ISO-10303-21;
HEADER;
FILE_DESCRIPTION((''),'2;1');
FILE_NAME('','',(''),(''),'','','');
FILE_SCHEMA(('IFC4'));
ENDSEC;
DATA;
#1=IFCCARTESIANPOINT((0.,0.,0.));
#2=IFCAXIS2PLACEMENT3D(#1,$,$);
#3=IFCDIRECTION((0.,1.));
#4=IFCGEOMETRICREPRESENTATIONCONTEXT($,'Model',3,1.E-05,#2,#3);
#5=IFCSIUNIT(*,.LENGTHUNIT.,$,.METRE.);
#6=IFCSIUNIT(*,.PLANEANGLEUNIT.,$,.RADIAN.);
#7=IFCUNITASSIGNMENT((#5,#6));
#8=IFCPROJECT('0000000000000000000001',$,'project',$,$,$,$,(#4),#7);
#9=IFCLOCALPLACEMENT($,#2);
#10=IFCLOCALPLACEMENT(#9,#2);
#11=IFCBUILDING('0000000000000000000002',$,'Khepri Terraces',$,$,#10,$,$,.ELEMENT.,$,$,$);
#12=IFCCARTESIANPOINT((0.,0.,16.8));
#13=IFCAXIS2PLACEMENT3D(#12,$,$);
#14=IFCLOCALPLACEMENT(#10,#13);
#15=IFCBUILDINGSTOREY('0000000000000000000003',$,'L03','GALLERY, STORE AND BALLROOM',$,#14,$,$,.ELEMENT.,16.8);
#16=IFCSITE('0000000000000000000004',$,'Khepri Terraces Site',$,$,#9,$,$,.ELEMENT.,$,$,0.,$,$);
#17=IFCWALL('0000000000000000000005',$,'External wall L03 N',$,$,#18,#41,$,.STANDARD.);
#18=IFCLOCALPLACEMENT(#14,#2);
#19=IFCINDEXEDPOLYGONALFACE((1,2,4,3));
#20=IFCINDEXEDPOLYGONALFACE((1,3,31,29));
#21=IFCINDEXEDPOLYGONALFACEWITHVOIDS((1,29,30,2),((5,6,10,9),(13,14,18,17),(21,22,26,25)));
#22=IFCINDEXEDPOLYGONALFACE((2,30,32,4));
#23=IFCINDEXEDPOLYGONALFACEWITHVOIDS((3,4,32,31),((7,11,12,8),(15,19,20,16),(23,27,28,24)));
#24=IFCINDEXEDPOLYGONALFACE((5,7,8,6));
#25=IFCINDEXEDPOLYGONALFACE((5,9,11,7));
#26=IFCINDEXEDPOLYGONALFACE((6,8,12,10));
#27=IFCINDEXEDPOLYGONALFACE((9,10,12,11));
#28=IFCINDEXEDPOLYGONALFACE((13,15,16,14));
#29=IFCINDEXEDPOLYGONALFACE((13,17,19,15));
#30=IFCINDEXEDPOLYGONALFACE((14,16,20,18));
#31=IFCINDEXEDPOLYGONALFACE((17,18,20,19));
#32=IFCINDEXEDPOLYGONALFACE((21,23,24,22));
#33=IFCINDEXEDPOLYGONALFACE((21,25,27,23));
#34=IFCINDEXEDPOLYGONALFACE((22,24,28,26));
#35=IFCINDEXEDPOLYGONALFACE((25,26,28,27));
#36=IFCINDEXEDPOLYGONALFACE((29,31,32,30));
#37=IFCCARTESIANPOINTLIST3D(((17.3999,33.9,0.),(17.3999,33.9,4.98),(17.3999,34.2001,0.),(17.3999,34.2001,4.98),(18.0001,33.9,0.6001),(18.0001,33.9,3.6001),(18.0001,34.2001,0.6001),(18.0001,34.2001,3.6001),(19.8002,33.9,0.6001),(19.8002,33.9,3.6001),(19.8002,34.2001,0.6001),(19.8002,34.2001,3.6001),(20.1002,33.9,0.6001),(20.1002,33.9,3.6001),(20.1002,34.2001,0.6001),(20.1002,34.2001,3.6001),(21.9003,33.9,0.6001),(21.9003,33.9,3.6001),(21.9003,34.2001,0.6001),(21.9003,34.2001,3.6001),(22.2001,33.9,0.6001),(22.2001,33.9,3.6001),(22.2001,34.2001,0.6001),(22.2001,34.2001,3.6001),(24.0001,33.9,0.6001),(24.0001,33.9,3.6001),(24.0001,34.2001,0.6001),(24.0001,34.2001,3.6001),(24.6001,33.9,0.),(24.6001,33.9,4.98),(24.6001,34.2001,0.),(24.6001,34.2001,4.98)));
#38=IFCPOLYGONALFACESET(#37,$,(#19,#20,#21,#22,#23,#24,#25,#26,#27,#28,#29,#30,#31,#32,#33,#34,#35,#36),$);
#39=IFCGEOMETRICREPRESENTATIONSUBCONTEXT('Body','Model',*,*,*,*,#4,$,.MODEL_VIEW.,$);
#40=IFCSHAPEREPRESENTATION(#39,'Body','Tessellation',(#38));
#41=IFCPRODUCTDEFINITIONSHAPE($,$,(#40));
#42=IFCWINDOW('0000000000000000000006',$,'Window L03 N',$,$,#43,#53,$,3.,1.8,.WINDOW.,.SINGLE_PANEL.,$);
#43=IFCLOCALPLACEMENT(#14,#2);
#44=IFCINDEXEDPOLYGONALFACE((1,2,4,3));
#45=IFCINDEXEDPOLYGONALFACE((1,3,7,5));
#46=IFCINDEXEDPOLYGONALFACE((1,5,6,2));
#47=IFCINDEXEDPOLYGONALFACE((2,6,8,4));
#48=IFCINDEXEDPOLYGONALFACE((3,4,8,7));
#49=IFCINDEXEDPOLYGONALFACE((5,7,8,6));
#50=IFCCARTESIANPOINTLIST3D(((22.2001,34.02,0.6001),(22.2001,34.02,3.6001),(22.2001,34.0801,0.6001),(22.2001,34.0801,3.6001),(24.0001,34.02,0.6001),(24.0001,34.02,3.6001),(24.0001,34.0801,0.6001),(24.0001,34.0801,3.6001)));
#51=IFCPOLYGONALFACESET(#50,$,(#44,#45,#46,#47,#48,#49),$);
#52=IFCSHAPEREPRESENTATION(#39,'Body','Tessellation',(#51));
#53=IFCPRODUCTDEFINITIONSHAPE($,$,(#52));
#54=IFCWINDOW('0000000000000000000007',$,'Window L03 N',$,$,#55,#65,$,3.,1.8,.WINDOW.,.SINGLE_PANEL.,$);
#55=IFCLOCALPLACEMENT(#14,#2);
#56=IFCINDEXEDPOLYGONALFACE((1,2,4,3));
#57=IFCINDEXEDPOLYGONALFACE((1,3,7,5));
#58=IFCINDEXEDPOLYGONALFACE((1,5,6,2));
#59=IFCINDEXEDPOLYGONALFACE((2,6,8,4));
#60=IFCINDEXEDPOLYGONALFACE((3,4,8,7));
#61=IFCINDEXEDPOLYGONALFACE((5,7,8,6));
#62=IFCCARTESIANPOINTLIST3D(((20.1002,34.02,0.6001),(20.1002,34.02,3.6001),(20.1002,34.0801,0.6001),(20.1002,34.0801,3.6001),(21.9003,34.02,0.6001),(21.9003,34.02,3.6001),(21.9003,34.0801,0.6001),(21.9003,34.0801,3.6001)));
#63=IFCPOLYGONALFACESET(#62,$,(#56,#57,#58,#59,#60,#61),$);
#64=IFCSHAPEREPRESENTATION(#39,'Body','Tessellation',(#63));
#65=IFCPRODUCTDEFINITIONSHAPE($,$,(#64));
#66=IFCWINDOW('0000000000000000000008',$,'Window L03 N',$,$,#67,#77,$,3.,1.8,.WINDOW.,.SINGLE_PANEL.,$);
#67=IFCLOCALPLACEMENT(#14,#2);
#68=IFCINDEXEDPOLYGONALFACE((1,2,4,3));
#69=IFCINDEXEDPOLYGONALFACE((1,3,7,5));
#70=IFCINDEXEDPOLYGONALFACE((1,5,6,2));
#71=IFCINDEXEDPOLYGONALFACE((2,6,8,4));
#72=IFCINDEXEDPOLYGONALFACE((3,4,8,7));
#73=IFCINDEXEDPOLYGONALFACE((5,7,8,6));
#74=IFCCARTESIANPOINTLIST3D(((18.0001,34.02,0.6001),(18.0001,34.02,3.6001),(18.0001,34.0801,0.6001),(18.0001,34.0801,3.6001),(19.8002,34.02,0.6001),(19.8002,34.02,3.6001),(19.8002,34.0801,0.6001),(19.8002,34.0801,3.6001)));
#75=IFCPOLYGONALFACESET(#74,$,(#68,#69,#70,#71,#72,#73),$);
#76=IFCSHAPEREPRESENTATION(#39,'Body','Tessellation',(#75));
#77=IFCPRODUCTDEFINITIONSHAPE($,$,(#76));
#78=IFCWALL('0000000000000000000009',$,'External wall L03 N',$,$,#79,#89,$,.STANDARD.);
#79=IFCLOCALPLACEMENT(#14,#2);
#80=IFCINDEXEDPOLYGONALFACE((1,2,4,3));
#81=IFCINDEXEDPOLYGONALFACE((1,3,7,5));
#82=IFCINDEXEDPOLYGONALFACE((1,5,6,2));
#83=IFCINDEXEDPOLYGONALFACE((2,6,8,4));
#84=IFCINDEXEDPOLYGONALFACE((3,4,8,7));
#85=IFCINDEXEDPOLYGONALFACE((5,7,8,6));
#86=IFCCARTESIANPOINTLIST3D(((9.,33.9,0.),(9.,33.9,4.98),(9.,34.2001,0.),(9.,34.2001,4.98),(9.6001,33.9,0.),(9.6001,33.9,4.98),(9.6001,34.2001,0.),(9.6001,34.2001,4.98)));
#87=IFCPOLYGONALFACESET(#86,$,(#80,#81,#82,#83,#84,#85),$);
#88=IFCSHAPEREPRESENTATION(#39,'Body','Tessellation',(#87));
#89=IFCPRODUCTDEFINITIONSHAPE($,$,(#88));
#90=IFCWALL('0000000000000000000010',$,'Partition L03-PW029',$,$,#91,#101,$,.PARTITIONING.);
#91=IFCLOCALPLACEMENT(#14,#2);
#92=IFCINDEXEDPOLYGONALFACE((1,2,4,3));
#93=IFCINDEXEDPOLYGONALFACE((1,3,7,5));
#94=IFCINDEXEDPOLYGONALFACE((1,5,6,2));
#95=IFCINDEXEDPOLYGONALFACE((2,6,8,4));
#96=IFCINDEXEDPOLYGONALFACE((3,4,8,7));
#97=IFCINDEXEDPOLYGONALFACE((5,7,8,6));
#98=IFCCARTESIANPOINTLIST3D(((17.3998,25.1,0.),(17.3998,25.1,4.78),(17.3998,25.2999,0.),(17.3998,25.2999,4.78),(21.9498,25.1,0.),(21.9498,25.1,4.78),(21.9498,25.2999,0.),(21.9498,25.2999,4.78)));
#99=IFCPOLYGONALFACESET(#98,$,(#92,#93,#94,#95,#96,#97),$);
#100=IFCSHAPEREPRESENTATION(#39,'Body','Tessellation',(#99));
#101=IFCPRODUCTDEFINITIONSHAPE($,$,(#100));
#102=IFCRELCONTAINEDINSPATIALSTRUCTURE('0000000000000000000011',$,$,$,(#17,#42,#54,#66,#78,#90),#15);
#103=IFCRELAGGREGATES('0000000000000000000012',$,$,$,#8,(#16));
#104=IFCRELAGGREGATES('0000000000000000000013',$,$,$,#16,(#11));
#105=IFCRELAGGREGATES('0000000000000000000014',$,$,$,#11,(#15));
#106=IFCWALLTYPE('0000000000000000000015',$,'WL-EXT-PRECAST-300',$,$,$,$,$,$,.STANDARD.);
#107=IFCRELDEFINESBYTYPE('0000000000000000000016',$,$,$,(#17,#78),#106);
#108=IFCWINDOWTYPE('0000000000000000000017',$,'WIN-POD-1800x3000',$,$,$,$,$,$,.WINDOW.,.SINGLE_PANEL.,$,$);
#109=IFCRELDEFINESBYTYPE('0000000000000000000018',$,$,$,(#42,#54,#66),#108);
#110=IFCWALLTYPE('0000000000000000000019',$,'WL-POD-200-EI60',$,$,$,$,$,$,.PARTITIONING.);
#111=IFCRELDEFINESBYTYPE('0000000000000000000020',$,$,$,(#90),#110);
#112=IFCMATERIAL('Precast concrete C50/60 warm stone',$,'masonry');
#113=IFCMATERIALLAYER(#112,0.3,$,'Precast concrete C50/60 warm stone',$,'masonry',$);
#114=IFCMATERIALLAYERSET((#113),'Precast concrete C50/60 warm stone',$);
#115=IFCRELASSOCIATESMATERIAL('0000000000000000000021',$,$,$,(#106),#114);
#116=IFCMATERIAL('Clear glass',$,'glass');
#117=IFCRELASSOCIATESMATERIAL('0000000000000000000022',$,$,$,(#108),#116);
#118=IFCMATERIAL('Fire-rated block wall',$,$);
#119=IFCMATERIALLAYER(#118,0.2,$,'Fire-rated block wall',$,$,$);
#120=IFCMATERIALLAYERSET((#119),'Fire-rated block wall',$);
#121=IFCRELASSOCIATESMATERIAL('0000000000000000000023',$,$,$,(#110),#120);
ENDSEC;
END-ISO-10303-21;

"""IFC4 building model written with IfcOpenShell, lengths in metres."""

from ifc_helpers import new_model, si_unit, direction, frame, frame_2d, origin, place, context, subcontext, project, spatial, rectangle, extrude, material, layer, layer_set, type_object, element, fill, save


model = new_model("IFC4")

# Units and contexts
model_context = context("Model", 3, precision=1e-05, world=origin(), true_north=direction((0.0, 1.0)))
body_context = subcontext(model_context, "Body", "Model", "MODEL_VIEW")
ifc_project = project(units=[si_unit("LENGTHUNIT", "METRE"), si_unit("PLANEANGLEUNIT", "RADIAN")], contexts=[model_context])

# Site, building, storey
site_placement = place(None, origin())
site = spatial("IfcSite", under=ifc_project, at=site_placement, Name="Khepri Terraces Site", CompositionType="ELEMENT", RefElevation=0.0)
building_placement = place(site_placement, origin())
building = spatial("IfcBuilding", under=site, at=building_placement, Name="Khepri Terraces", CompositionType="ELEMENT")
storey_placement = place(building_placement, frame((0.0, 0.0, 16.8)))
storey = spatial("IfcBuildingStorey", under=building, at=storey_placement, Name="L03", Description="GALLERY, STORE AND BALLROOM", CompositionType="ELEMENT", Elevation=16.8)

# Shared definitions
ifc_material_1 = material(Name="Clear glass", Category="glass")

# Wall, openings, windows
ifc_material_2 = material(Name="Precast concrete C50/60 warm stone", Category="masonry")
ifc_layer_1 = layer(ifc_material_2, 0.3, Name="Precast concrete C50/60 warm stone", Category="masonry")
ifc_layer_set_1 = layer_set([ifc_layer_1], Name="Precast concrete C50/60 warm stone")
wall_type_1 = type_object("IfcWallType", Name="WL-EXT-PRECAST-300", PredefinedType="STANDARD", material=ifc_layer_set_1)
wall_1_placement = place(storey_placement, frame((24.6001, 34.05, 0.0), z_axis=(0.0, 0.0, 1.0), x_axis=(-1.0, 0.0, 0.0)))
wall_1 = element("IfcWall", 1, at=wall_1_placement, inside=storey, type_object=wall_type_1, Name="External wall L03 N", PredefinedType="STANDARD", context=body_context, shape_type="SweptSolid", body=[
    extrude(rectangle(XDim=7.2002, YDim=0.3, at=frame_2d((3.6001, 0.0))), origin(), (0.0, 0.0, 1.0), 4.98),
])
opening_1_placement = place(wall_1_placement, frame((0.6001, 0.0, 0.6001)))
opening_1 = element("IfcOpeningElement", 2, at=opening_1_placement, cuts=wall_1, PredefinedType="OPENING", context=body_context, shape_type="SweptSolid", body=[
    extrude(rectangle(XDim=1.8, YDim=3.0, at=frame_2d((0.8999, 1.5))), frame((0.0, 0.1602, 0.0), z_axis=(0.0, -1.0, 0.0), x_axis=(1.0, 0.0, 0.0)), (0.0, 0.0, 1.0), 0.3201),
])
opening_2_placement = place(wall_1_placement, frame((2.7, 0.0, 0.6001)))
opening_2 = element("IfcOpeningElement", 3, at=opening_2_placement, cuts=wall_1, PredefinedType="OPENING", context=body_context, shape_type="SweptSolid", body=[
    extrude(rectangle(XDim=1.8, YDim=3.0, at=frame_2d((0.8999, 1.5))), frame((0.0, 0.1602, 0.0), z_axis=(0.0, -1.0, 0.0), x_axis=(1.0, 0.0, 0.0)), (0.0, 0.0, 1.0), 0.3201),
])
opening_3_placement = place(wall_1_placement, frame((4.8, 0.0, 0.6001)))
opening_3 = element("IfcOpeningElement", 4, at=opening_3_placement, cuts=wall_1, PredefinedType="OPENING", context=body_context, shape_type="SweptSolid", body=[
    extrude(rectangle(XDim=1.8, YDim=3.0, at=frame_2d((0.8999, 1.5))), frame((0.0, 0.1602, 0.0), z_axis=(0.0, -1.0, 0.0), x_axis=(1.0, 0.0, 0.0)), (0.0, 0.0, 1.0), 0.3201),
])
window_type = type_object("IfcWindowType", Name="WIN-POD-1800x3000", PartitioningType="SINGLE_PANEL", PredefinedType="WINDOW", material=ifc_material_1)
window_1_placement = place(opening_1_placement, origin())
window_1 = element("IfcWindow", 5, at=window_1_placement, inside=storey, type_object=window_type, Name="Window L03 N", OverallHeight=3.0, OverallWidth=1.8, PartitioningType="SINGLE_PANEL", PredefinedType="WINDOW", context=body_context, shape_type="SweptSolid", body=[
    extrude(rectangle(XDim=1.8, YDim=3.0, at=frame_2d((0.8999, 1.5))), frame((0.0, 0.03, 0.0), z_axis=(0.0, -1.0, 0.0), x_axis=(1.0, 0.0, 0.0)), (0.0, 0.0, 1.0), 0.0601),
])
fill(opening_1, window_1)
window_2_placement = place(opening_2_placement, origin())
window_2 = element("IfcWindow", 6, at=window_2_placement, inside=storey, type_object=window_type, Name="Window L03 N", OverallHeight=3.0, OverallWidth=1.8, PartitioningType="SINGLE_PANEL", PredefinedType="WINDOW", context=body_context, shape_type="SweptSolid", body=[
    extrude(rectangle(XDim=1.8, YDim=3.0, at=frame_2d((0.8999, 1.5))), frame((0.0, 0.03, 0.0), z_axis=(0.0, -1.0, 0.0), x_axis=(1.0, 0.0, 0.0)), (0.0, 0.0, 1.0), 0.0601),
])
fill(opening_2, window_2)
window_3_placement = place(opening_3_placement, origin())
window_3 = element("IfcWindow", 7, at=window_3_placement, inside=storey, type_object=window_type, Name="Window L03 N", OverallHeight=3.0, OverallWidth=1.8, PartitioningType="SINGLE_PANEL", PredefinedType="WINDOW", context=body_context, shape_type="SweptSolid", body=[
    extrude(rectangle(XDim=1.8, YDim=3.0, at=frame_2d((0.8999, 1.5))), frame((0.0, 0.03, 0.0), z_axis=(0.0, -1.0, 0.0), x_axis=(1.0, 0.0, 0.0)), (0.0, 0.0, 1.0), 0.0601),
])
fill(opening_3, window_3)

# Walls
wall_2_placement = place(storey_placement, frame((9.6001, 34.05, 0.0), z_axis=(0.0, 0.0, 1.0), x_axis=(-1.0, 0.0, 0.0)))
element("IfcWall", 8, at=wall_2_placement, inside=storey, type_object=wall_type_1, Name="External wall L03 N", PredefinedType="STANDARD", context=body_context, shape_type="SweptSolid", body=[
    extrude(rectangle(XDim=0.6001, YDim=0.3, at=frame_2d((0.3, 0.0))), origin(), (0.0, 0.0, 1.0), 4.98),
])
ifc_material_3 = material(Name="Fire-rated block wall")
ifc_layer_2 = layer(ifc_material_3, 0.2, Name="Fire-rated block wall")
ifc_layer_set_2 = layer_set([ifc_layer_2], Name="Fire-rated block wall")
wall_type_2 = type_object("IfcWallType", Name="WL-POD-200-EI60", PredefinedType="PARTITIONING", material=ifc_layer_set_2)
wall_3_placement = place(storey_placement, frame((17.3999, 25.2, 0.0), z_axis=(0.0, 0.0, 1.0), x_axis=(1.0, 0.0, 0.0)))
element("IfcWall", 9, at=wall_3_placement, inside=storey, type_object=wall_type_2, Name="Partition L03-PW029", PredefinedType="PARTITIONING", context=body_context, shape_type="SweptSolid", body=[
    extrude(rectangle(XDim=4.55, YDim=0.2, at=frame_2d((2.2749, 0.0))), origin(), (0.0, 0.0, 1.0), 4.78),
])

save(model, "model.ifc")
